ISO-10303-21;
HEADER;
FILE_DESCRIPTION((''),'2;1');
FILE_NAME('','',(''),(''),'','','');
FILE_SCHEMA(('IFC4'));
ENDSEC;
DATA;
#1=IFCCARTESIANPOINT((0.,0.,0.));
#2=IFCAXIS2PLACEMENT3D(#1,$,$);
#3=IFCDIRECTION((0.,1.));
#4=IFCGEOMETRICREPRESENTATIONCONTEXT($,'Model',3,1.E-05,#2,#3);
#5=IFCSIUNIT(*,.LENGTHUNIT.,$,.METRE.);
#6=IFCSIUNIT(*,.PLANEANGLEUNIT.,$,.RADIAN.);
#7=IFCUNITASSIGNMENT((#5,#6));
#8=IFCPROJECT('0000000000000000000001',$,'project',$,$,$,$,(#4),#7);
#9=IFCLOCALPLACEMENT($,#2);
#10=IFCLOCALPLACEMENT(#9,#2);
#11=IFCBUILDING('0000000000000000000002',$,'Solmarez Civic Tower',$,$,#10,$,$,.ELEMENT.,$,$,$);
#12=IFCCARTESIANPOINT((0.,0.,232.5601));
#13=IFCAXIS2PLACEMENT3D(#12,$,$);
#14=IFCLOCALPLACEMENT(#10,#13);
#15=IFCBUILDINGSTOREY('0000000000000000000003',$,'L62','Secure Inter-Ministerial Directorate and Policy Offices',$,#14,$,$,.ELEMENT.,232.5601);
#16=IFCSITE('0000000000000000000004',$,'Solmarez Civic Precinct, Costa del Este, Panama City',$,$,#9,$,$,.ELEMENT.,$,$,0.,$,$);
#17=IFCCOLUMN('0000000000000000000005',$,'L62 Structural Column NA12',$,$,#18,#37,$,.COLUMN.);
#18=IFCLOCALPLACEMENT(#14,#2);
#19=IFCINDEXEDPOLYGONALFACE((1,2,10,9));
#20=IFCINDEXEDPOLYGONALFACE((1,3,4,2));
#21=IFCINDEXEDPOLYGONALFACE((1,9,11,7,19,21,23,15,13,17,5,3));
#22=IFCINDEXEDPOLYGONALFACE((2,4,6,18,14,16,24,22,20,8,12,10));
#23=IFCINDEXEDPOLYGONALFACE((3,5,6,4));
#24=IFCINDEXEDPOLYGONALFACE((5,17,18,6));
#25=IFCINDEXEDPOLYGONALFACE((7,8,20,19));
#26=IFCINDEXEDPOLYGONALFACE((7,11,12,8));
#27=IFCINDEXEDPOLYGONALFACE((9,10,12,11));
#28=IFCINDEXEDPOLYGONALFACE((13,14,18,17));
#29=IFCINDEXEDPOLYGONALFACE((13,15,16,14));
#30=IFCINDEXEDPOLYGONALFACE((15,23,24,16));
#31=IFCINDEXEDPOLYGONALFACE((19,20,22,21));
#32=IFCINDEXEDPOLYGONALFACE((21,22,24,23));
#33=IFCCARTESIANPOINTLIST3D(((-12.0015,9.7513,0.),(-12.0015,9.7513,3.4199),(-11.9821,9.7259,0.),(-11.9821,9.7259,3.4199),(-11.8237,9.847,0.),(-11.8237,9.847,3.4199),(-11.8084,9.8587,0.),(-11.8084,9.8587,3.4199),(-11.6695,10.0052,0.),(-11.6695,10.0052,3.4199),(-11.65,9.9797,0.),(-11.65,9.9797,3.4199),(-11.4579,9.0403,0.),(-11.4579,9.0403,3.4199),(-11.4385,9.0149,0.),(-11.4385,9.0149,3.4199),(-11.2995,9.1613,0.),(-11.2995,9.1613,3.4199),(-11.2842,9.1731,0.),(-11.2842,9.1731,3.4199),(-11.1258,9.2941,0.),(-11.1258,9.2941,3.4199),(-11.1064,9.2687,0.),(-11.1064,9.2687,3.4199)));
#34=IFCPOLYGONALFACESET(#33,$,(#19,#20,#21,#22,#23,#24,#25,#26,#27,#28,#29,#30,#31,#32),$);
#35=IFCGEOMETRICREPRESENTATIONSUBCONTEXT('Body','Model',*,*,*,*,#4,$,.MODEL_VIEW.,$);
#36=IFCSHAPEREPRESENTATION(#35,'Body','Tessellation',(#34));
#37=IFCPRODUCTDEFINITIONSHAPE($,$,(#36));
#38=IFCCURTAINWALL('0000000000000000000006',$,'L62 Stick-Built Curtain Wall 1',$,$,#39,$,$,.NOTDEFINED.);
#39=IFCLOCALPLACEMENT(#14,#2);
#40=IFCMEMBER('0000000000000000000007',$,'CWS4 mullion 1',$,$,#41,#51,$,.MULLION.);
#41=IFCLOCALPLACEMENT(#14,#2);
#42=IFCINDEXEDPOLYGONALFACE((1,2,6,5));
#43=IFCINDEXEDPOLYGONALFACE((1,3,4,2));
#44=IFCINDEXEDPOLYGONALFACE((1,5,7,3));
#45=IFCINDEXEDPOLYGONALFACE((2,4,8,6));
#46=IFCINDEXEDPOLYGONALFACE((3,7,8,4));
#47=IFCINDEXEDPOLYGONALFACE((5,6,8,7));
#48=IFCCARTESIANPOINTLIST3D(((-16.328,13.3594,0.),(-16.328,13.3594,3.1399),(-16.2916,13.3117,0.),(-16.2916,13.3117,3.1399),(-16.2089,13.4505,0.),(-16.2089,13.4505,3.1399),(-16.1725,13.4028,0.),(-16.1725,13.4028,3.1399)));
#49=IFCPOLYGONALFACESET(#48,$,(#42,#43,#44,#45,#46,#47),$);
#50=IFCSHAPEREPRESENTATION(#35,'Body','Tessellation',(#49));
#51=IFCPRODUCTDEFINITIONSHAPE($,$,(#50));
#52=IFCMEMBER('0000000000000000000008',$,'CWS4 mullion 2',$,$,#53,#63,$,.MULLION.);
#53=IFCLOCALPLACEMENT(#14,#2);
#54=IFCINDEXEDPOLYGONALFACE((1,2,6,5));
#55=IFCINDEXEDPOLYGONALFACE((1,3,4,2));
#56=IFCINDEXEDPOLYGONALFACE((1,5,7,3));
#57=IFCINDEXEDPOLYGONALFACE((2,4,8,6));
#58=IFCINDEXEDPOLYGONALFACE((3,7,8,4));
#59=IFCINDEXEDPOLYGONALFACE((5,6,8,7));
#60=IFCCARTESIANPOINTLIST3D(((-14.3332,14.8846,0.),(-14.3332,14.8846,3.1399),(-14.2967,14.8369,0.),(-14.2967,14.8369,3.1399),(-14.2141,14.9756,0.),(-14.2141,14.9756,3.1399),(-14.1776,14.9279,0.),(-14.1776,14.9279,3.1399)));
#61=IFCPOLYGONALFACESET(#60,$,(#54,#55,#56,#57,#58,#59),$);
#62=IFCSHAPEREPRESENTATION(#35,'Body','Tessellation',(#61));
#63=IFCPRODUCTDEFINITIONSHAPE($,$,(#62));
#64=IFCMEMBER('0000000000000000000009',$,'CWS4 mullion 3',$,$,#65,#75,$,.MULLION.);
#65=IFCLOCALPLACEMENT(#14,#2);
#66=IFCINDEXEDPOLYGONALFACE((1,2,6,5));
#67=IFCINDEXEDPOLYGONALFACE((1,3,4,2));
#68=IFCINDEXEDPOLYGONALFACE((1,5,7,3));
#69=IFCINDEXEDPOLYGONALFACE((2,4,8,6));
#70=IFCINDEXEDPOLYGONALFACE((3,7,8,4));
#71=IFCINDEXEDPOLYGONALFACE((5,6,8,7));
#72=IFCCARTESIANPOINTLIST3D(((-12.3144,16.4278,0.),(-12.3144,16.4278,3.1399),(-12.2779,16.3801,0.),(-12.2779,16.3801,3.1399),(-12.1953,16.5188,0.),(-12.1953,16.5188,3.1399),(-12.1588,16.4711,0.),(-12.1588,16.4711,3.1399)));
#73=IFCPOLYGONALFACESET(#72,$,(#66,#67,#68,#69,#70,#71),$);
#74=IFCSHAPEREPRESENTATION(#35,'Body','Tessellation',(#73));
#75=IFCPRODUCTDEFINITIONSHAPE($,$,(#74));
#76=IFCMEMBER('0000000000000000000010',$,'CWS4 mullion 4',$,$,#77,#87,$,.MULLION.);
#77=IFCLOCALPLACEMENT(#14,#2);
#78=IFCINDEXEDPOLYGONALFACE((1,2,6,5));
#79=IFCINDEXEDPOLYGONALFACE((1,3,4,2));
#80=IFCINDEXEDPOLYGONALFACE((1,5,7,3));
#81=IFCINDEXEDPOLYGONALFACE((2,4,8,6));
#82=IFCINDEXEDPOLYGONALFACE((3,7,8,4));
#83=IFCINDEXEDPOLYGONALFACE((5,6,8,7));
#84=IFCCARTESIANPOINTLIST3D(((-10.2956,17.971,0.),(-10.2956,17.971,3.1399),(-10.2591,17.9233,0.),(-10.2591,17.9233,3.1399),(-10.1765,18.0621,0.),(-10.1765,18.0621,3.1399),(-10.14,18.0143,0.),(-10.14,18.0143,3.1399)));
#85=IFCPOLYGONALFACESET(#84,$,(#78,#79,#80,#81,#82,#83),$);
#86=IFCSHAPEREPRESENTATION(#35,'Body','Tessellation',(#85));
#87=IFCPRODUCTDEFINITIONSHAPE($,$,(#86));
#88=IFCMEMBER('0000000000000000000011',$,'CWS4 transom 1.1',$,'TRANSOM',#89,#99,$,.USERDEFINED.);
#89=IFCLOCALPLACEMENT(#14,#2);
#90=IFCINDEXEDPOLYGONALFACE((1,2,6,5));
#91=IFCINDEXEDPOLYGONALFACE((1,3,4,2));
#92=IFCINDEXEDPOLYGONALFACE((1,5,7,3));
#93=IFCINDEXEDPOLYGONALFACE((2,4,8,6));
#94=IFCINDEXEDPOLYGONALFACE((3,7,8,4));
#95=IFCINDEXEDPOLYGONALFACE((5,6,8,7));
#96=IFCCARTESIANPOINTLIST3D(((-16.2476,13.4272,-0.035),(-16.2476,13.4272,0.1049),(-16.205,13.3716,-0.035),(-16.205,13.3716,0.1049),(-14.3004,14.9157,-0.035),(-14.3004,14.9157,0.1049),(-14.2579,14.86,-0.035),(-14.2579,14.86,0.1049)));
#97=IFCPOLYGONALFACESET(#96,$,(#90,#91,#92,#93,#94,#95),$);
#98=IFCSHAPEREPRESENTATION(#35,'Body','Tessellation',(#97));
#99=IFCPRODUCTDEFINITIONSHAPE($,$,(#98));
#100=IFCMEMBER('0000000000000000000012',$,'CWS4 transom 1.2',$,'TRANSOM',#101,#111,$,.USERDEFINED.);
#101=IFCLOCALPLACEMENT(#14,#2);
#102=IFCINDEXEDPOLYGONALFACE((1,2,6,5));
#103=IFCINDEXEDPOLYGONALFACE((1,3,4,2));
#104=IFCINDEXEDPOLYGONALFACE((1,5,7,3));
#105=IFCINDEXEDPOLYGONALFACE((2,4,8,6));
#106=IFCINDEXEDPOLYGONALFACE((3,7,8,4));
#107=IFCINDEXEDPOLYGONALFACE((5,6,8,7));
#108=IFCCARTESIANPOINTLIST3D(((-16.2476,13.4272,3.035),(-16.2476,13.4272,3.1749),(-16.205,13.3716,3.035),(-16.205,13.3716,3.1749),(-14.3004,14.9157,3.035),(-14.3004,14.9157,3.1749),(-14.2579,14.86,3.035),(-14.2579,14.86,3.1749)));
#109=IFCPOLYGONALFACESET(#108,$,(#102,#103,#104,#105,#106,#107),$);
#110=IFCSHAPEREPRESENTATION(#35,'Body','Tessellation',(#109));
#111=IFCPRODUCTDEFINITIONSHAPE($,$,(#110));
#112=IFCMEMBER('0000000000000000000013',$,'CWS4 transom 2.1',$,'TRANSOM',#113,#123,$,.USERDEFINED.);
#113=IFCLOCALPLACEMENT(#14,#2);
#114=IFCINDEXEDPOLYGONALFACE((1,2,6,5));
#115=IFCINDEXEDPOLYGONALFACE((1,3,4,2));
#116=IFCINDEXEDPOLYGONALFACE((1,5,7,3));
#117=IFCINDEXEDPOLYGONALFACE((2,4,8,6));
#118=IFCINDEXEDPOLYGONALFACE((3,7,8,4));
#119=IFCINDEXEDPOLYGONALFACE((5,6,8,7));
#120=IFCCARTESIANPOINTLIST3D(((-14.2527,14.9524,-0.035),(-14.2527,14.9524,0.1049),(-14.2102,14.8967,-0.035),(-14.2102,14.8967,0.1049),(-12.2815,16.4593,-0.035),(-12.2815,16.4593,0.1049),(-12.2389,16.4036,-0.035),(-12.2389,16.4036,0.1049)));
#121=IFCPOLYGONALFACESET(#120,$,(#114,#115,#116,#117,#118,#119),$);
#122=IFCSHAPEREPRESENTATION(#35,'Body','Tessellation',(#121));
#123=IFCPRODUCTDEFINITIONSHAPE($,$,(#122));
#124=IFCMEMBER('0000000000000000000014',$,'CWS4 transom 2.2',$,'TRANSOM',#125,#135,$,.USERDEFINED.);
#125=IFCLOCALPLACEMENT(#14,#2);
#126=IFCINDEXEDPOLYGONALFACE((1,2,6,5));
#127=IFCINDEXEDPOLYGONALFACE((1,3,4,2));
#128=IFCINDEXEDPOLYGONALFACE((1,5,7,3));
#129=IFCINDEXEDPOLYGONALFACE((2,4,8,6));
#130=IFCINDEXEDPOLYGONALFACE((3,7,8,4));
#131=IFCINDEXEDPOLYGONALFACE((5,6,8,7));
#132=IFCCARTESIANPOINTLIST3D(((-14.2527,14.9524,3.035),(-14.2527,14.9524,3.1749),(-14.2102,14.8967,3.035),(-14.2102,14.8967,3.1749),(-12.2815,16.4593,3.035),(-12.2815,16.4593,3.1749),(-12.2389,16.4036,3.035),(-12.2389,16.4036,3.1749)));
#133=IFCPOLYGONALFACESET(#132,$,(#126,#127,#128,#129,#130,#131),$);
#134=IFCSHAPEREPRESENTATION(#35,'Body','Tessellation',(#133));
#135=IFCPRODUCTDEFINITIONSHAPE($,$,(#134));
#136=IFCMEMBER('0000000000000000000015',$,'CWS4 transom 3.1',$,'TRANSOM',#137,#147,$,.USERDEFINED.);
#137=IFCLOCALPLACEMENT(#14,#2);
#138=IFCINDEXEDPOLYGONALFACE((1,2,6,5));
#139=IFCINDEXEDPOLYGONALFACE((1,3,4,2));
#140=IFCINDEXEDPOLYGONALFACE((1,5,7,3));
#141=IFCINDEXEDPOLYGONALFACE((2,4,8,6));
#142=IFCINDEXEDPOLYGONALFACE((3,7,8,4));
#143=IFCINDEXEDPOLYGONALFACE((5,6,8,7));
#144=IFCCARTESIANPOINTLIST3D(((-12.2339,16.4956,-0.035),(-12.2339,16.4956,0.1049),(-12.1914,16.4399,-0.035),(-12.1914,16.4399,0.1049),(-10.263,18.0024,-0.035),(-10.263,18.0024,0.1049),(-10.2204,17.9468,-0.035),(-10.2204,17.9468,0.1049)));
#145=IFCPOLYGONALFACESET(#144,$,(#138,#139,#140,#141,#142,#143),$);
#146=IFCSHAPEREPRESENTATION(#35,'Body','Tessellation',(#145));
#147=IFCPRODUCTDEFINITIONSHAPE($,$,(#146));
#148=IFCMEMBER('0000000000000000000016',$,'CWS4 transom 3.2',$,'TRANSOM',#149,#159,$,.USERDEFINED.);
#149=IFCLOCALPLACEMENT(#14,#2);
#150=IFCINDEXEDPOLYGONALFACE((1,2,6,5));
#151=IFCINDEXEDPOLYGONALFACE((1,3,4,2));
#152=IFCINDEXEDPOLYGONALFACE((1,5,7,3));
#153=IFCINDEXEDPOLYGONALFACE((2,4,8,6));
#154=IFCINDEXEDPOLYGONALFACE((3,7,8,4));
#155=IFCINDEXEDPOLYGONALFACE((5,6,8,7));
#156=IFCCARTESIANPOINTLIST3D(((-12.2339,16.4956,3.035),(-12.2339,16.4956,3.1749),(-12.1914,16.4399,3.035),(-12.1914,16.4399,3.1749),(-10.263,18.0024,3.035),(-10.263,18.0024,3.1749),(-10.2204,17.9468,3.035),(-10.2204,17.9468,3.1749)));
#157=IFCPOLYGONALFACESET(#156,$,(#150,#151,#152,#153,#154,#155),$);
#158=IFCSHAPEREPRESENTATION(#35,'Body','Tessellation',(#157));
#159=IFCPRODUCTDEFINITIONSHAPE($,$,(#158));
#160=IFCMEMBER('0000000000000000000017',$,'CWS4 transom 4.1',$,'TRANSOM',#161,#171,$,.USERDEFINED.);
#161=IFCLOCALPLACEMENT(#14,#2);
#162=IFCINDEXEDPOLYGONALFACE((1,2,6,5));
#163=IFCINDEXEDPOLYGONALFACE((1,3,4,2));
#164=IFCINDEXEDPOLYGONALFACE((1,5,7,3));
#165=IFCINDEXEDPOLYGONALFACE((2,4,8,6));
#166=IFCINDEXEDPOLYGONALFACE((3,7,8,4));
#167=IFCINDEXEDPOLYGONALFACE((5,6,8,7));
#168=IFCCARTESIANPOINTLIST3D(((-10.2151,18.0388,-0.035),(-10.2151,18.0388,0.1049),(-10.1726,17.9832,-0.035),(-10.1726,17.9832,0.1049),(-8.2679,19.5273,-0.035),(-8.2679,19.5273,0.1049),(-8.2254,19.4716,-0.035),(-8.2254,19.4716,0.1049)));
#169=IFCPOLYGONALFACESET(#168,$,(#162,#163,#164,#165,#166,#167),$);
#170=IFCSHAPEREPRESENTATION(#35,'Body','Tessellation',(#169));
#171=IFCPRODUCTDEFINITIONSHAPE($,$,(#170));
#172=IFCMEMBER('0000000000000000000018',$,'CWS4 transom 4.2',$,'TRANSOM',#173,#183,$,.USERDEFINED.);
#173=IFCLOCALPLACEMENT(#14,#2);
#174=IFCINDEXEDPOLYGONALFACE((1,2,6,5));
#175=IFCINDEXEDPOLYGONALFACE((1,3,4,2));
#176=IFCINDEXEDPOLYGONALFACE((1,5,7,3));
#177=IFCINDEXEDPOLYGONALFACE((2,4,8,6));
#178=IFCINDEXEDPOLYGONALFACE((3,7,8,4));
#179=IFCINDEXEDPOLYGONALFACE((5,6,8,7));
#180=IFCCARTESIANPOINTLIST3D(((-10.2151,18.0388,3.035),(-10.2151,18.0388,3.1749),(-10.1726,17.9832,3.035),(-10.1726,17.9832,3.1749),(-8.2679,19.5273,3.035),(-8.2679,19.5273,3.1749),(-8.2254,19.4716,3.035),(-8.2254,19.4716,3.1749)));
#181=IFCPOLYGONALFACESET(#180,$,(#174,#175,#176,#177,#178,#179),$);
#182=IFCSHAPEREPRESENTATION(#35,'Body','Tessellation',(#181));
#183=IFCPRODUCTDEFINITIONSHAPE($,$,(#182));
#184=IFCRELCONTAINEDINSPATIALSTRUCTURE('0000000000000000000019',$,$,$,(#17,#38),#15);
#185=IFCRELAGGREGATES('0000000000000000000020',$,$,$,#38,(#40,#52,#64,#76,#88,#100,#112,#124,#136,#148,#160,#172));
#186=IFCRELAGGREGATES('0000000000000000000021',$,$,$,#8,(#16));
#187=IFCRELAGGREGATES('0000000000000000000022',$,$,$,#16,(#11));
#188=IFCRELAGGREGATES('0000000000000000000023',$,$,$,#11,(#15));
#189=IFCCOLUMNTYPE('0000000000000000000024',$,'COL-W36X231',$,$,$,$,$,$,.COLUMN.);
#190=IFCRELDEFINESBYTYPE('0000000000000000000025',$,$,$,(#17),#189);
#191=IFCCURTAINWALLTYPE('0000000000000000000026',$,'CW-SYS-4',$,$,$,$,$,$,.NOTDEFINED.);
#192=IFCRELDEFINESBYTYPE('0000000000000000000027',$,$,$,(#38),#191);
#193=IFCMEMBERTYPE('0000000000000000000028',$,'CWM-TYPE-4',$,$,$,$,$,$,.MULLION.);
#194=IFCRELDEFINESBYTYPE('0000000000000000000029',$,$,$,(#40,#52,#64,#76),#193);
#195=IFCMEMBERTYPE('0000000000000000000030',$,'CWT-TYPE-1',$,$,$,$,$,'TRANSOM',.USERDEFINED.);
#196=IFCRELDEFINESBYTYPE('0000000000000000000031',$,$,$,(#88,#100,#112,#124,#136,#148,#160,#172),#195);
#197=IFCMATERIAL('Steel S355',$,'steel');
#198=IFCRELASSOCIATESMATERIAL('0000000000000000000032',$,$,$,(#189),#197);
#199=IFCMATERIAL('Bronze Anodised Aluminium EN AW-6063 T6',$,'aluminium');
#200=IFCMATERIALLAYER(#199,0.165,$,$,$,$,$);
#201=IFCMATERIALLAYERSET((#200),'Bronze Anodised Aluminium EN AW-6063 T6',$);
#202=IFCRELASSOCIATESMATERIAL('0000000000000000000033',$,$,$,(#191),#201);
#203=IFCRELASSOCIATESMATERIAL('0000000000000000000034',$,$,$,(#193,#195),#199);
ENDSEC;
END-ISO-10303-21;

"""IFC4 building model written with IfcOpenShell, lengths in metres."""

from ifc_helpers import new_model, si_unit, direction, frame, origin, origin_2d, place, context, subcontext, project, spatial, rectangle, i_section, extrude, material, layer, layer_set, material_profile, profile_set, type_object, element, aggregate, save


model = new_model("IFC4")

# Units and contexts
model_context = context("Model", 3, precision=1e-05, world=origin(), true_north=direction((0.0, 1.0)))
body_context = subcontext(model_context, "Body", "Model", "MODEL_VIEW")
ifc_project = project(units=[si_unit("LENGTHUNIT", "METRE"), si_unit("PLANEANGLEUNIT", "RADIAN")], contexts=[model_context])

# Site, building, storey
site_placement = place(None, origin())
site = spatial("IfcSite", under=ifc_project, at=site_placement, Name="Solmarez Civic Precinct, Costa del Este, Panama City", CompositionType="ELEMENT", RefElevation=0.0)
building_placement = place(site_placement, origin())
building = spatial("IfcBuilding", under=site, at=building_placement, Name="Solmarez Civic Tower", CompositionType="ELEMENT")
storey_placement = place(building_placement, frame((0.0, 0.0, 232.5601)))
storey = spatial("IfcBuildingStorey", under=building, at=storey_placement, Name="L62", Description="Secure Inter-Ministerial Directorate and Policy Offices", CompositionType="ELEMENT", Elevation=232.5601)

# Column
ifc_material_1 = material(Name="Steel S355", Category="steel")
ifc_material_profile_1 = material_profile(ifc_material_1, i_section(OverallWidth=0.418, OverallDepth=0.927, WebThickness=0.0193, FlangeThickness=0.032, at=origin_2d()), Name="W36X231")
ifc_profile_set_1 = profile_set([ifc_material_profile_1], Name="Steel S355")
column_type = type_object("IfcColumnType", Name="COL-W36X231", PredefinedType="COLUMN", material=ifc_profile_set_1)
column_placement = place(storey_placement, frame((-11.554, 9.51, 0.0), z_axis=(0.0, 0.0, 1.0), x_axis=(0.794415, 0.607376, 0.0)))
element("IfcColumn", 1, at=column_placement, inside=storey, type_object=column_type, Name="L62 Structural Column NA12", PredefinedType="COLUMN", context=body_context, shape_type="SweptSolid", body=[
    extrude(i_section(OverallWidth=0.418, OverallDepth=0.927, WebThickness=0.0193, FlangeThickness=0.032, at=origin_2d()), origin(), (0.0, 0.0, 1.0), 3.4199),
])

# Curtain wall, members
ifc_material_2 = material(Name="Bronze Anodised Aluminium EN AW-6063 T6", Category="aluminium")
ifc_layer_1 = layer(ifc_material_2, 0.165)
ifc_layer_set_1 = layer_set([ifc_layer_1], Name="Bronze Anodised Aluminium EN AW-6063 T6")
curtain_wall_type = type_object("IfcCurtainWallType", Name="CW-SYS-4", PredefinedType="NOTDEFINED", material=ifc_layer_set_1)
curtain_wall_placement = place(storey_placement, origin())
curtain_wall = element("IfcCurtainWall", 2, at=curtain_wall_placement, inside=storey, type_object=curtain_wall_type, Name="L62 Stick-Built Curtain Wall 1", PredefinedType="NOTDEFINED")
ifc_material_profile_2 = material_profile(ifc_material_2, rectangle(XDim=0.0601, YDim=0.1499, at=origin_2d()), Name="CWM-60X150")
ifc_profile_set_2 = profile_set([ifc_material_profile_2], Name="Bronze Anodised Aluminium EN AW-6063 T6")
member_type_1 = type_object("IfcMemberType", Name="CWM-TYPE-4", PredefinedType="MULLION", material=ifc_profile_set_2)
member_1_placement = place(storey_placement, frame((-16.2502, 13.3811, 0.0), z_axis=(0.0, 0.0, 1.0), x_axis=(-0.607326, 0.794453, 0.0)))
member_1 = element("IfcMember", 3, at=member_1_placement, type_object=member_type_1, Name="CWS4 mullion 1", PredefinedType="MULLION", context=body_context, shape_type="SweptSolid", body=[
    extrude(rectangle(XDim=0.0601, YDim=0.1499, at=origin_2d()), origin(), (0.0, 0.0, 1.0), 3.1399),
])
member_2_placement = place(storey_placement, frame((-14.2554, 14.9062, 0.0), z_axis=(0.0, 0.0, 1.0), x_axis=(-0.607326, 0.794453, 0.0)))
member_2 = element("IfcMember", 4, at=member_2_placement, type_object=member_type_1, Name="CWS4 mullion 2", PredefinedType="MULLION", context=body_context, shape_type="SweptSolid", body=[
    extrude(rectangle(XDim=0.0601, YDim=0.1499, at=origin_2d()), origin(), (0.0, 0.0, 1.0), 3.1399),
])
member_3_placement = place(storey_placement, frame((-12.2366, 16.4495, 0.0), z_axis=(0.0, 0.0, 1.0), x_axis=(-0.607326, 0.794453, 0.0)))
member_3 = element("IfcMember", 5, at=member_3_placement, type_object=member_type_1, Name="CWS4 mullion 3", PredefinedType="MULLION", context=body_context, shape_type="SweptSolid", body=[
    extrude(rectangle(XDim=0.0601, YDim=0.1499, at=origin_2d()), origin(), (0.0, 0.0, 1.0), 3.1399),
])
member_4_placement = place(storey_placement, frame((-10.2178, 17.9927, 0.0), z_axis=(0.0, 0.0, 1.0), x_axis=(-0.607326, 0.794453, 0.0)))
member_4 = element("IfcMember", 6, at=member_4_placement, type_object=member_type_1, Name="CWS4 mullion 4", PredefinedType="MULLION", context=body_context, shape_type="SweptSolid", body=[
    extrude(rectangle(XDim=0.0601, YDim=0.1499, at=origin_2d()), origin(), (0.0, 0.0, 1.0), 3.1399),
])
ifc_material_profile_3 = material_profile(ifc_material_2, rectangle(XDim=0.0701, YDim=0.1399, at=origin_2d()), Name="CWT-70X140")
ifc_profile_set_3 = profile_set([ifc_material_profile_3], Name="Bronze Anodised Aluminium EN AW-6063 T6")
member_type_2 = type_object("IfcMemberType", Name="CWT-TYPE-1", ElementType="TRANSOM", PredefinedType="USERDEFINED", material=ifc_profile_set_3)
member_5_placement = place(storey_placement, frame((-16.2263, 13.3994, 0.0349), z_axis=(0.794468, 0.607306, 0.0), x_axis=(-0.607306, 0.794468, 0.0)))
member_5 = element("IfcMember", 7, at=member_5_placement, type_object=member_type_2, Name="CWS4 transom 1.1", ObjectType="TRANSOM", PredefinedType="USERDEFINED", context=body_context, shape_type="SweptSolid", body=[
    extrude(rectangle(XDim=0.0701, YDim=0.1399, at=origin_2d()), origin(), (0.0, 0.0, 1.0), 2.4509),
])
member_6_placement = place(storey_placement, frame((-16.2263, 13.3994, 3.105), z_axis=(0.794468, 0.607306, 0.0), x_axis=(-0.607306, 0.794468, 0.0)))
member_6 = element("IfcMember", 8, at=member_6_placement, type_object=member_type_2, Name="CWS4 transom 1.2", ObjectType="TRANSOM", PredefinedType="USERDEFINED", context=body_context, shape_type="SweptSolid", body=[
    extrude(rectangle(XDim=0.0701, YDim=0.1399, at=origin_2d()), origin(), (0.0, 0.0, 1.0), 2.4509),
])
member_7_placement = place(storey_placement, frame((-14.2314, 14.9246, 0.0349), z_axis=(0.794464, 0.607311, 0.0), x_axis=(-0.607311, 0.794464, 0.0)))
member_7 = element("IfcMember", 9, at=member_7_placement, type_object=member_type_2, Name="CWS4 transom 2.1", ObjectType="TRANSOM", PredefinedType="USERDEFINED", context=body_context, shape_type="SweptSolid", body=[
    extrude(rectangle(XDim=0.0701, YDim=0.1399, at=origin_2d()), origin(), (0.0, 0.0, 1.0), 2.4812),
])
member_8_placement = place(storey_placement, frame((-14.2314, 14.9246, 3.105), z_axis=(0.794464, 0.607311, 0.0), x_axis=(-0.607311, 0.794464, 0.0)))
member_8 = element("IfcMember", 10, at=member_8_placement, type_object=member_type_2, Name="CWS4 transom 2.2", ObjectType="TRANSOM", PredefinedType="USERDEFINED", context=body_context, shape_type="SweptSolid", body=[
    extrude(rectangle(XDim=0.0701, YDim=0.1399, at=origin_2d()), origin(), (0.0, 0.0, 1.0), 2.4812),
])
member_9_placement = place(storey_placement, frame((-12.2126, 16.4678, 0.0349), z_axis=(0.794428, 0.607359, 0.0), x_axis=(-0.607359, 0.794428, 0.0)))
member_9 = element("IfcMember", 11, at=member_9_placement, type_object=member_type_2, Name="CWS4 transom 3.1", ObjectType="TRANSOM", PredefinedType="USERDEFINED", context=body_context, shape_type="SweptSolid", body=[
    extrude(rectangle(XDim=0.0701, YDim=0.1399, at=origin_2d()), origin(), (0.0, 0.0, 1.0), 2.481),
])
member_10_placement = place(storey_placement, frame((-12.2126, 16.4678, 3.105), z_axis=(0.794428, 0.607359, 0.0), x_axis=(-0.607359, 0.794428, 0.0)))
member_10 = element("IfcMember", 12, at=member_10_placement, type_object=member_type_2, Name="CWS4 transom 3.2", ObjectType="TRANSOM", PredefinedType="USERDEFINED", context=body_context, shape_type="SweptSolid", body=[
    extrude(rectangle(XDim=0.0701, YDim=0.1399, at=origin_2d()), origin(), (0.0, 0.0, 1.0), 2.481),
])
member_11_placement = place(storey_placement, frame((-10.1938, 18.011, 0.0349), z_axis=(0.794468, 0.607306, 0.0), x_axis=(-0.607306, 0.794468, 0.0)))
member_11 = element("IfcMember", 13, at=member_11_placement, type_object=member_type_2, Name="CWS4 transom 4.1", ObjectType="TRANSOM", PredefinedType="USERDEFINED", context=body_context, shape_type="SweptSolid", body=[
    extrude(rectangle(XDim=0.0701, YDim=0.1399, at=origin_2d()), origin(), (0.0, 0.0, 1.0), 2.4509),
])
member_12_placement = place(storey_placement, frame((-10.1938, 18.011, 3.105), z_axis=(0.794468, 0.607306, 0.0), x_axis=(-0.607306, 0.794468, 0.0)))
member_12 = element("IfcMember", 14, at=member_12_placement, type_object=member_type_2, Name="CWS4 transom 4.2", ObjectType="TRANSOM", PredefinedType="USERDEFINED", context=body_context, shape_type="SweptSolid", body=[
    extrude(rectangle(XDim=0.0701, YDim=0.1399, at=origin_2d()), origin(), (0.0, 0.0, 1.0), 2.4509),
])
aggregate(curtain_wall, [member_1, member_2, member_3, member_4, member_5, member_6, member_7, member_8, member_9, member_10, member_11, member_12])

save(model, "model.ifc")
